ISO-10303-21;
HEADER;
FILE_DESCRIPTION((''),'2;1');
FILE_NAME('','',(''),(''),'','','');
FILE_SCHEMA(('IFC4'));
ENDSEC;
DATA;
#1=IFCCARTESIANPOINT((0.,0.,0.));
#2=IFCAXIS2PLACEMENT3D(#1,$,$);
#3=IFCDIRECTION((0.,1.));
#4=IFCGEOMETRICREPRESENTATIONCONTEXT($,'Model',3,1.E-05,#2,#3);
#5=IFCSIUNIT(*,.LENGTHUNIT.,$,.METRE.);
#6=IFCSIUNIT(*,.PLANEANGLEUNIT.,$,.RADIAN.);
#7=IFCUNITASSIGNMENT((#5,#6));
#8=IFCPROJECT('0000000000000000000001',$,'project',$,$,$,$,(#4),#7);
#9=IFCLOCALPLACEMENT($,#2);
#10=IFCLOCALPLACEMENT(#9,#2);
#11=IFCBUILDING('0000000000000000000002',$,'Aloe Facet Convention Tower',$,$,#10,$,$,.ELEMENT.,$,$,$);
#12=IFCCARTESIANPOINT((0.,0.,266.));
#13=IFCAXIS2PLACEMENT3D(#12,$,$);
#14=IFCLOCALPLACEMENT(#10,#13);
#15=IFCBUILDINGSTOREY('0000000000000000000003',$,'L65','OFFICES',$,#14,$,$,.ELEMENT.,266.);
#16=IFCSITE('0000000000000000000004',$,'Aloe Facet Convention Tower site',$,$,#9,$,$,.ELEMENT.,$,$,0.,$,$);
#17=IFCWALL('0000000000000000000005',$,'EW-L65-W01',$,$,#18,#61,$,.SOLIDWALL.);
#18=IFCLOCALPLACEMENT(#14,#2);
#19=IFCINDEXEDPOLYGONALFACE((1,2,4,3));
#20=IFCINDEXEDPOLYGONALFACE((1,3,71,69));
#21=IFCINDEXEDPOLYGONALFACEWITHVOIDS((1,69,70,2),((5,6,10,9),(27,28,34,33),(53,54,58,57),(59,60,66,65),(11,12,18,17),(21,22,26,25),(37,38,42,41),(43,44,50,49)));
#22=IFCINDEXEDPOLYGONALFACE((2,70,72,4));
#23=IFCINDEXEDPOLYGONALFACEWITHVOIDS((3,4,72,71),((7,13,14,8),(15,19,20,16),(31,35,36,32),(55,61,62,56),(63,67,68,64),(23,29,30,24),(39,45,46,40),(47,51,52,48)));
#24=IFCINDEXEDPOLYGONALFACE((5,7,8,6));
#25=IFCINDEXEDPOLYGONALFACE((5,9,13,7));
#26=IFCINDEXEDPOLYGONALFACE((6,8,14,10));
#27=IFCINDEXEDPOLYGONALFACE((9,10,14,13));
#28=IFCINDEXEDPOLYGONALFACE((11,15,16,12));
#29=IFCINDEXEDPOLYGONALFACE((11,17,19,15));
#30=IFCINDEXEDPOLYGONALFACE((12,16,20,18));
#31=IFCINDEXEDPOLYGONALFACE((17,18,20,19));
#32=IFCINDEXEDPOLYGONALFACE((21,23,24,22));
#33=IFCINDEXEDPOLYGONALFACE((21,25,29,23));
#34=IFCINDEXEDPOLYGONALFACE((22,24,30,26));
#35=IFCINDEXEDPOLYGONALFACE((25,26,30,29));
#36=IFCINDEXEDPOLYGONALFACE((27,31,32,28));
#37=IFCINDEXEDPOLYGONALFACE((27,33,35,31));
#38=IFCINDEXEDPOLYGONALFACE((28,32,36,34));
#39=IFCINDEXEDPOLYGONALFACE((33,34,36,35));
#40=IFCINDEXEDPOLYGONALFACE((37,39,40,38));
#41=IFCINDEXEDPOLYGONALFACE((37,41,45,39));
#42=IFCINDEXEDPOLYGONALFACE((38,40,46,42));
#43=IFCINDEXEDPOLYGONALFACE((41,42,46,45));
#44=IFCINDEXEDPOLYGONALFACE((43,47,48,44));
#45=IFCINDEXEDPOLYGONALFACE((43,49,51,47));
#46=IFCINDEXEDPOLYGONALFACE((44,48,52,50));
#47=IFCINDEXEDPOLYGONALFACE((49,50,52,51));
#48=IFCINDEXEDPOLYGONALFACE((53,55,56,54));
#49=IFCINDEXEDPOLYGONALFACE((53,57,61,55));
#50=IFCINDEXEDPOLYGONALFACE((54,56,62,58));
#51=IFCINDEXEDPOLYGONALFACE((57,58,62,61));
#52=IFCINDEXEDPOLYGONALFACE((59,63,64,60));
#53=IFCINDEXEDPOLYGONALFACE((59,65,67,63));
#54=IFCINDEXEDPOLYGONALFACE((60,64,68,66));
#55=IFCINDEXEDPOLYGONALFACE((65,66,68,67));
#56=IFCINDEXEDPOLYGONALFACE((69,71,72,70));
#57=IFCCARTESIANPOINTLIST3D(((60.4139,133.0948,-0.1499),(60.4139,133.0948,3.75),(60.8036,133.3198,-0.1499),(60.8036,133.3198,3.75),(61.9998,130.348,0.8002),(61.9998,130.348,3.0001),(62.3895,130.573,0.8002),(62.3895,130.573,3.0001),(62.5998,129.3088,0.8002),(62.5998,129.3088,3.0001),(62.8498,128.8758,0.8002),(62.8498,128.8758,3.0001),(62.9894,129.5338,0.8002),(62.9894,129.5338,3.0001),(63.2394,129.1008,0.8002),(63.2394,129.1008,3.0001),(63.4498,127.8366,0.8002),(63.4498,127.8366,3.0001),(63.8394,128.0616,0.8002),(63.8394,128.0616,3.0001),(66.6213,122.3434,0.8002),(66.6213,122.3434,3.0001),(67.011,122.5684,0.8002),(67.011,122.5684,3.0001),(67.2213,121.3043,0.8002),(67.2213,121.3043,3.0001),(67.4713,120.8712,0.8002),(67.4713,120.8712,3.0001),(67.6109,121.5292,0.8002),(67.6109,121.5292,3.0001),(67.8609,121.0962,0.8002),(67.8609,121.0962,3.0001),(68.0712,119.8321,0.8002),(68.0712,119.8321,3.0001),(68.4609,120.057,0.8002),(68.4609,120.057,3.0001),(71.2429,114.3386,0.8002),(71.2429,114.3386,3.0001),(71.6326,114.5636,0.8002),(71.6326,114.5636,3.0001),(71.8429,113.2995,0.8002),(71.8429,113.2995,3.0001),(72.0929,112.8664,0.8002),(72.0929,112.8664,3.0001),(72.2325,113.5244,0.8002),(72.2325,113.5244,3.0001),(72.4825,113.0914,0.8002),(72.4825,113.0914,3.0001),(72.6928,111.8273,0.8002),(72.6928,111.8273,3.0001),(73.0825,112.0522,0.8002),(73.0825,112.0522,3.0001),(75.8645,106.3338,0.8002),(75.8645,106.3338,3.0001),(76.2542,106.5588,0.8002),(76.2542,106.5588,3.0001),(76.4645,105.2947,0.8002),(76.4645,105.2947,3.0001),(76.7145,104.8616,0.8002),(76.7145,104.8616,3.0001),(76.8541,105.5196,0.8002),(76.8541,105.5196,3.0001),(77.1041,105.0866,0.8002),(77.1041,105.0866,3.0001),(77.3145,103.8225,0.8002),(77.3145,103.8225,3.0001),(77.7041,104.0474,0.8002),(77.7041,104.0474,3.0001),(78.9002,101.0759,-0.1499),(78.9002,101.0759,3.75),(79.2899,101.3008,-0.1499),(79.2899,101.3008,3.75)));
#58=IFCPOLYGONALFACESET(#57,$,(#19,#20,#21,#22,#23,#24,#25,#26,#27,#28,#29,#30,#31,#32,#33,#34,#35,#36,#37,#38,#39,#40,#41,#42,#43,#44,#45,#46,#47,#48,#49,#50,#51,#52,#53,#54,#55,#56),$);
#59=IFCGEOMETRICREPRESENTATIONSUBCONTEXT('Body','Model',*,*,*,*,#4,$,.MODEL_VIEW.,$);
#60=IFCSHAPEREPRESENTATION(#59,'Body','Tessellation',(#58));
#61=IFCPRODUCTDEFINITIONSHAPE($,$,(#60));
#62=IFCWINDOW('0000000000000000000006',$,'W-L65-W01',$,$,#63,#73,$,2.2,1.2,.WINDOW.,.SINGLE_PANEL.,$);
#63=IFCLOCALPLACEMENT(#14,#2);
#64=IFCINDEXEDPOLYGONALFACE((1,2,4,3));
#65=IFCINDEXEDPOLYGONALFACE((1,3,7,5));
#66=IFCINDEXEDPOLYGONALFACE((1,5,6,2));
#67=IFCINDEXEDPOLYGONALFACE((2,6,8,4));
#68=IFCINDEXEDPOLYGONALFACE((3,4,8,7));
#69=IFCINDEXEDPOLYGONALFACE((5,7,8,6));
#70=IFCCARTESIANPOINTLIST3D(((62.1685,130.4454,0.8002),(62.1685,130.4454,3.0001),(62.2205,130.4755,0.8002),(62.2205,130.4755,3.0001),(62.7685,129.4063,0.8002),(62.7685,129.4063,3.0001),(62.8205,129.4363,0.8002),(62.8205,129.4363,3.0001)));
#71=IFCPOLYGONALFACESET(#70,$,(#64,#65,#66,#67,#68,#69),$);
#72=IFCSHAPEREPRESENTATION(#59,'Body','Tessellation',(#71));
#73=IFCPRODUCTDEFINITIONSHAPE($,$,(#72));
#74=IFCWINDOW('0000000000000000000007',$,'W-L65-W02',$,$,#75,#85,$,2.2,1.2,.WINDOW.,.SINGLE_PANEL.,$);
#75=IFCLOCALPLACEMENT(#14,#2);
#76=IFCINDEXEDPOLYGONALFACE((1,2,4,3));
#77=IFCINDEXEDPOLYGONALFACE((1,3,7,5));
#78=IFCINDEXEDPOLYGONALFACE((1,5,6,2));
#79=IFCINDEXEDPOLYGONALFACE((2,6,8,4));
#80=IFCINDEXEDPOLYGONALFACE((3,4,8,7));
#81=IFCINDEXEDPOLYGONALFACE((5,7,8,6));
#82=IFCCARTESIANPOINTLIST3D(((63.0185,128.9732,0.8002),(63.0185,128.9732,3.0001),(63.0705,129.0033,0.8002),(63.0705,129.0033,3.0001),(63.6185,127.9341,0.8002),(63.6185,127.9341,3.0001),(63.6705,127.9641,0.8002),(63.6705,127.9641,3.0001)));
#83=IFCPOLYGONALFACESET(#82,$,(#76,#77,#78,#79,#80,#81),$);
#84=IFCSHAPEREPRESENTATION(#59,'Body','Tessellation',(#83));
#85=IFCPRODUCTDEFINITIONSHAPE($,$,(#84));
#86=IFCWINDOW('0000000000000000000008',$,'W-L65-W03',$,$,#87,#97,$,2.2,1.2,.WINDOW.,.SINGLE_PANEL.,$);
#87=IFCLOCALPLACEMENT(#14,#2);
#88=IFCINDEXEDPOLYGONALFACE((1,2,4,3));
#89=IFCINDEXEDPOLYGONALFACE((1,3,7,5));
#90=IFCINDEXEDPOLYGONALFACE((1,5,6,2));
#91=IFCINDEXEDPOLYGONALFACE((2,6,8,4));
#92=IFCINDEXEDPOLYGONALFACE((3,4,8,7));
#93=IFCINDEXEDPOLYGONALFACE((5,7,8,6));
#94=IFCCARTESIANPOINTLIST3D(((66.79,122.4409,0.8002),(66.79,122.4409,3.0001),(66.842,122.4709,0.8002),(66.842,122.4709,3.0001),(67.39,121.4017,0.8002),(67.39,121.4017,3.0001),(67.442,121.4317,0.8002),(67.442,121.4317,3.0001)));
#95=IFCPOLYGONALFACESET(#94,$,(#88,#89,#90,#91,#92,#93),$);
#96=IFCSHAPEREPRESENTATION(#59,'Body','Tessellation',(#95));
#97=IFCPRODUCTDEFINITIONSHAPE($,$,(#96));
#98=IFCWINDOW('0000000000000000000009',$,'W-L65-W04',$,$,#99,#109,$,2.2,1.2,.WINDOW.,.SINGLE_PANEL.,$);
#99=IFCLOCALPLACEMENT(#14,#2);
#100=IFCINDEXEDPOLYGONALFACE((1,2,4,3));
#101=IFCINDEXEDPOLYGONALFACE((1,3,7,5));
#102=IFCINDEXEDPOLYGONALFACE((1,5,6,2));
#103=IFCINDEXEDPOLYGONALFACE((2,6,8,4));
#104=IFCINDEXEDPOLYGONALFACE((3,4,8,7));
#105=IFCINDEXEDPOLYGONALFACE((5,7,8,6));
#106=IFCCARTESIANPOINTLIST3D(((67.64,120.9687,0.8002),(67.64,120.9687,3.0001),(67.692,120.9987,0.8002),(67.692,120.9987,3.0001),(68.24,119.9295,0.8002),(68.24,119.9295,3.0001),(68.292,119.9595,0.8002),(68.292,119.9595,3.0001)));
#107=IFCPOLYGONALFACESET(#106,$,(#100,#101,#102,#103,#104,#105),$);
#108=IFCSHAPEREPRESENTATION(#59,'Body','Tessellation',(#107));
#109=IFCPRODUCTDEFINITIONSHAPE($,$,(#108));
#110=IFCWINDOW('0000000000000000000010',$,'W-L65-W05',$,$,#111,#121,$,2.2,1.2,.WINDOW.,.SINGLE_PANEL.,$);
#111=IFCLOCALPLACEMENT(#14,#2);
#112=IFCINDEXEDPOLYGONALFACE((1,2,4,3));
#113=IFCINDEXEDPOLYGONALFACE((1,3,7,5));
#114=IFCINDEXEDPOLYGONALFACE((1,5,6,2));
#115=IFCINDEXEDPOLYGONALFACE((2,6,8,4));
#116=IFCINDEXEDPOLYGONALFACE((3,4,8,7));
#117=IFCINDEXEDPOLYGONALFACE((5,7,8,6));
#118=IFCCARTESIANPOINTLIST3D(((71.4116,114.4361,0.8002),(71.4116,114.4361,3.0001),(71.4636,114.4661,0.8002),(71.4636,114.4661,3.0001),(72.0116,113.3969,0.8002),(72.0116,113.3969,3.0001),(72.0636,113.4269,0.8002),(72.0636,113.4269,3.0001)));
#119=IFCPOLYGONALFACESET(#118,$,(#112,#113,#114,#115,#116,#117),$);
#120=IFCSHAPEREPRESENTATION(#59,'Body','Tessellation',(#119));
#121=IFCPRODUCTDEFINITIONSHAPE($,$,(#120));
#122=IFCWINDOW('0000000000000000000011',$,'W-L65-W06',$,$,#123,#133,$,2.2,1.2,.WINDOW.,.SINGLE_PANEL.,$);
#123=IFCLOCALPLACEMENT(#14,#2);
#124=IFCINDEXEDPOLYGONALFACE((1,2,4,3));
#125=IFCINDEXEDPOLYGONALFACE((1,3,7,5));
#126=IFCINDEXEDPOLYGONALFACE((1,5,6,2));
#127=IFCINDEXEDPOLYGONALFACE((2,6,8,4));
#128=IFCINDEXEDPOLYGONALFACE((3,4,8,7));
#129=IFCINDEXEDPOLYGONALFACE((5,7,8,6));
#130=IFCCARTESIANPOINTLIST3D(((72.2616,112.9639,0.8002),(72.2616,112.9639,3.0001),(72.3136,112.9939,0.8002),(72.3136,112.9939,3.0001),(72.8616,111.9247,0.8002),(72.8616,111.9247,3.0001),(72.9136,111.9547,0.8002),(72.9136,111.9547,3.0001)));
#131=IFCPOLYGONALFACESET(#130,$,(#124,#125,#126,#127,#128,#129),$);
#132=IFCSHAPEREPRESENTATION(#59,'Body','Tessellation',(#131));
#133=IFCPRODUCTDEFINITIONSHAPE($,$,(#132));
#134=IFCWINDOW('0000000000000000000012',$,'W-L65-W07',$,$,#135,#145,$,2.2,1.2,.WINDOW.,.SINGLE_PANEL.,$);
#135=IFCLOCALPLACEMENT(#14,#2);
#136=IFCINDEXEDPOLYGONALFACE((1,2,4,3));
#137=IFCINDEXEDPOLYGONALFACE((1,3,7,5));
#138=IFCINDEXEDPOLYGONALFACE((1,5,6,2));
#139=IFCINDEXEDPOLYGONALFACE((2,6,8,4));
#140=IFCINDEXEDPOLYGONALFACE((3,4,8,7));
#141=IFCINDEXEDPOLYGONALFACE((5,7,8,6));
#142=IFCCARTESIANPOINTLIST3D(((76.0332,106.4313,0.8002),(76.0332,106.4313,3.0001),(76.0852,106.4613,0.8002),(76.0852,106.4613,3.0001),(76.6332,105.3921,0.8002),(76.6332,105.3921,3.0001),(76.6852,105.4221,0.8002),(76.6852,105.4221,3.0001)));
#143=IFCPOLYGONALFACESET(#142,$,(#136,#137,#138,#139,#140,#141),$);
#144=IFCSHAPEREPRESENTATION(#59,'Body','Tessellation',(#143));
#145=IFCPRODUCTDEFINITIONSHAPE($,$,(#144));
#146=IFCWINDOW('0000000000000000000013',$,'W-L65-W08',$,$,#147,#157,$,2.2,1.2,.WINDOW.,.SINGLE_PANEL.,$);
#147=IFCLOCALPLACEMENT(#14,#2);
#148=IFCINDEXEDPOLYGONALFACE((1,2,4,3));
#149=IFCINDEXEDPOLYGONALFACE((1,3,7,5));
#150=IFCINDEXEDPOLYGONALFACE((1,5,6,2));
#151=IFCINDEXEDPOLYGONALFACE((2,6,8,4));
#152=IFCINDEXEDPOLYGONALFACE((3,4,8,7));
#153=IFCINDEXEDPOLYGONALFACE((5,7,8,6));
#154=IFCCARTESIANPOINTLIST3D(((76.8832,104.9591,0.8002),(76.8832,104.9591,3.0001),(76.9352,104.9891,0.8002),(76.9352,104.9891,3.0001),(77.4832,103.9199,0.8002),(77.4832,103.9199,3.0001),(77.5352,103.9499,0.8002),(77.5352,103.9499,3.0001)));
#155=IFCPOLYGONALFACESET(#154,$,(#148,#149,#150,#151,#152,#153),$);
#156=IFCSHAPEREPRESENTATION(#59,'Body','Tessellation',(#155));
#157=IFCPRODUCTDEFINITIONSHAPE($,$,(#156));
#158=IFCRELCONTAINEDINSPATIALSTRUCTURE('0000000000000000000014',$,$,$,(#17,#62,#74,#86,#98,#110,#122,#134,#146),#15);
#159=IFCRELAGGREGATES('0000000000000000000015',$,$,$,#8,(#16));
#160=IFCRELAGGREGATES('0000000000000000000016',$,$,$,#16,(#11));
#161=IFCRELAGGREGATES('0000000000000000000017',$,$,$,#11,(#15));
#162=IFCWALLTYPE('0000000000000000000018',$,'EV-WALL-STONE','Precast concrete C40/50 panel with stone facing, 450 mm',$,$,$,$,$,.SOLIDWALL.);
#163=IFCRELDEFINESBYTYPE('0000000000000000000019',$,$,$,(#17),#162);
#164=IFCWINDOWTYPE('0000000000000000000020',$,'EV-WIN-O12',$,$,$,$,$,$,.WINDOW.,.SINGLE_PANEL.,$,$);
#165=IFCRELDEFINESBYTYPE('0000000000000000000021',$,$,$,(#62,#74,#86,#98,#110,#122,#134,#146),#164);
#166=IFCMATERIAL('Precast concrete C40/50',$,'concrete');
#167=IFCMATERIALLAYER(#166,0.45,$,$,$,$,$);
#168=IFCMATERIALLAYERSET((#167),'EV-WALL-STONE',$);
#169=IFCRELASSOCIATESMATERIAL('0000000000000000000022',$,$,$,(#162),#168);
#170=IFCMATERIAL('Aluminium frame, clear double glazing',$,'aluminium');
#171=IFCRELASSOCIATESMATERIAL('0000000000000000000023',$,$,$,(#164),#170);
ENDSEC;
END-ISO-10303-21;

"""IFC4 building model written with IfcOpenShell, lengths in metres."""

from ifc_helpers import new_model, si_unit, direction, frame, frame_2d, origin, place, context, subcontext, project, spatial, polyline, rectangle, outline, extrude, material, layer, layer_set, type_object, element, fill, save


model = new_model("IFC4")

# Units and contexts
model_context = context("Model", 3, precision=1e-05, world=origin(), true_north=direction((0.0, 1.0)))
body_context = subcontext(model_context, "Body", "Model", "MODEL_VIEW")
ifc_project = project(units=[si_unit("LENGTHUNIT", "METRE"), si_unit("PLANEANGLEUNIT", "RADIAN")], contexts=[model_context])

# Site, building, storey
site_placement = place(None, origin())
site = spatial("IfcSite", under=ifc_project, at=site_placement, Name="Aloe Facet Convention Tower site", CompositionType="ELEMENT", RefElevation=0.0)
building_placement = place(site_placement, origin())
building = spatial("IfcBuilding", under=site, at=building_placement, Name="Aloe Facet Convention Tower", CompositionType="ELEMENT")
storey_placement = place(building_placement, frame((0.0, 0.0, 266.0)))
storey = spatial("IfcBuildingStorey", under=building, at=storey_placement, Name="L65", Description="OFFICES", CompositionType="ELEMENT", Elevation=266.0)

# Wall, openings, windows
ifc_material_1 = material(Name="Precast concrete C40/50", Category="concrete")
ifc_layer_1 = layer(ifc_material_1, 0.45)
ifc_layer_set_1 = layer_set([ifc_layer_1], Name="EV-WALL-STONE")
wall_type_1 = type_object("IfcWallType", Name="EV-WALL-STONE", Description="Precast concrete C40/50 panel with stone facing, 450 mm", PredefinedType="SOLIDWALL", material=ifc_layer_set_1)
wall_1_placement = place(storey_placement, frame((60.6086, 133.2073, -0.1499), z_axis=(0.0, 0.0, 1.0), x_axis=(0.500003, -0.866024, 0.0)))
wall_1 = element("IfcWall", 1, at=wall_1_placement, inside=storey, type_object=wall_type_1, Name="EW-L65-W01", PredefinedType="SOLIDWALL", context=body_context, shape_type="SweptSolid", body=[
    extrude(outline(polyline([(36.9724, 0.0), (36.9724, 3.8999), (0.0, 3.8999), (0.0, 0.0), (36.9724, 0.0)])), frame((0.0, 0.2251, 0.0), z_axis=(0.0, -1.0, 0.0), x_axis=(1.0, 0.0, 0.0)), (0.0, 0.0, 1.0), 0.45),
])
opening_1_placement = place(wall_1_placement, frame((3.1716, 0.0, 0.95)))
opening_1 = element("IfcOpeningElement", 2, at=opening_1_placement, cuts=wall_1, PredefinedType="OPENING", context=body_context, shape_type="SweptSolid", body=[
    extrude(rectangle(XDim=1.2, YDim=2.2, at=frame_2d((0.6001, 1.1001))), frame((0.0, 0.2349, 0.0), z_axis=(0.0, -1.0, 0.0), x_axis=(1.0, 0.0, 0.0)), (0.0, 0.0, 1.0), 0.47),
])
opening_2_placement = place(wall_1_placement, frame((4.8716, 0.0, 0.95)))
opening_2 = element("IfcOpeningElement", 3, at=opening_2_placement, cuts=wall_1, PredefinedType="OPENING", context=body_context, shape_type="SweptSolid", body=[
    extrude(rectangle(XDim=1.2, YDim=2.2, at=frame_2d((0.6001, 1.1001))), frame((0.0, 0.2349, 0.0), z_axis=(0.0, -1.0, 0.0), x_axis=(1.0, 0.0, 0.0)), (0.0, 0.0, 1.0), 0.47),
])
opening_3_placement = place(wall_1_placement, frame((12.4146, 0.0, 0.95)))
opening_3 = element("IfcOpeningElement", 4, at=opening_3_placement, cuts=wall_1, PredefinedType="OPENING", context=body_context, shape_type="SweptSolid", body=[
    extrude(rectangle(XDim=1.2, YDim=2.2, at=frame_2d((0.6001, 1.1001))), frame((0.0, 0.2349, 0.0), z_axis=(0.0, -1.0, 0.0), x_axis=(1.0, 0.0, 0.0)), (0.0, 0.0, 1.0), 0.47),
])
opening_4_placement = place(wall_1_placement, frame((14.1145, 0.0, 0.95)))
opening_4 = element("IfcOpeningElement", 5, at=opening_4_placement, cuts=wall_1, PredefinedType="OPENING", context=body_context, shape_type="SweptSolid", body=[
    extrude(rectangle(XDim=1.2, YDim=2.2, at=frame_2d((0.6001, 1.1001))), frame((0.0, 0.2349, 0.0), z_axis=(0.0, -1.0, 0.0), x_axis=(1.0, 0.0, 0.0)), (0.0, 0.0, 1.0), 0.47),
])
opening_5_placement = place(wall_1_placement, frame((21.6577, 0.0, 0.95)))
opening_5 = element("IfcOpeningElement", 6, at=opening_5_placement, cuts=wall_1, PredefinedType="OPENING", context=body_context, shape_type="SweptSolid", body=[
    extrude(rectangle(XDim=1.2, YDim=2.2, at=frame_2d((0.6001, 1.1001))), frame((0.0, 0.2349, 0.0), z_axis=(0.0, -1.0, 0.0), x_axis=(1.0, 0.0, 0.0)), (0.0, 0.0, 1.0), 0.47),
])
opening_6_placement = place(wall_1_placement, frame((23.3577, 0.0, 0.95)))
opening_6 = element("IfcOpeningElement", 7, at=opening_6_placement, cuts=wall_1, PredefinedType="OPENING", context=body_context, shape_type="SweptSolid", body=[
    extrude(rectangle(XDim=1.2, YDim=2.2, at=frame_2d((0.6001, 1.1001))), frame((0.0, 0.2349, 0.0), z_axis=(0.0, -1.0, 0.0), x_axis=(1.0, 0.0, 0.0)), (0.0, 0.0, 1.0), 0.47),
])
opening_7_placement = place(wall_1_placement, frame((30.9009, 0.0, 0.95)))
opening_7 = element("IfcOpeningElement", 8, at=opening_7_placement, cuts=wall_1, PredefinedType="OPENING", context=body_context, shape_type="SweptSolid", body=[
    extrude(rectangle(XDim=1.2, YDim=2.2, at=frame_2d((0.6001, 1.1001))), frame((0.0, 0.2349, 0.0), z_axis=(0.0, -1.0, 0.0), x_axis=(1.0, 0.0, 0.0)), (0.0, 0.0, 1.0), 0.47),
])
opening_8_placement = place(wall_1_placement, frame((32.6008, 0.0, 0.95)))
opening_8 = element("IfcOpeningElement", 9, at=opening_8_placement, cuts=wall_1, PredefinedType="OPENING", context=body_context, shape_type="SweptSolid", body=[
    extrude(rectangle(XDim=1.2, YDim=2.2, at=frame_2d((0.6001, 1.1001))), frame((0.0, 0.2349, 0.0), z_axis=(0.0, -1.0, 0.0), x_axis=(1.0, 0.0, 0.0)), (0.0, 0.0, 1.0), 0.47),
])
ifc_material_2 = material(Name="Aluminium frame, clear double glazing", Category="aluminium")
window_type = type_object("IfcWindowType", Name="EV-WIN-O12", PartitioningType="SINGLE_PANEL", PredefinedType="WINDOW", material=ifc_material_2)
window_1_placement = place(opening_1_placement, origin())
window_1 = element("IfcWindow", 10, at=window_1_placement, inside=storey, type_object=window_type, Name="W-L65-W01", OverallHeight=2.2, OverallWidth=1.2, PartitioningType="SINGLE_PANEL", PredefinedType="WINDOW", context=body_context, shape_type="SweptSolid", body=[
    extrude(rectangle(XDim=1.2, YDim=2.2, at=frame_2d((0.6001, 1.1001))), frame((0.0, 0.03, 0.0), z_axis=(0.0, -1.0, 0.0), x_axis=(1.0, 0.0, 0.0)), (0.0, 0.0, 1.0), 0.0601),
])
fill(opening_1, window_1)
window_2_placement = place(opening_2_placement, origin())
window_2 = element("IfcWindow", 11, at=window_2_placement, inside=storey, type_object=window_type, Name="W-L65-W02", OverallHeight=2.2, OverallWidth=1.2, PartitioningType="SINGLE_PANEL", PredefinedType="WINDOW", context=body_context, shape_type="SweptSolid", body=[
    extrude(rectangle(XDim=1.2, YDim=2.2, at=frame_2d((0.6001, 1.1001))), frame((0.0, 0.03, 0.0), z_axis=(0.0, -1.0, 0.0), x_axis=(1.0, 0.0, 0.0)), (0.0, 0.0, 1.0), 0.0601),
])
fill(opening_2, window_2)
window_3_placement = place(opening_3_placement, origin())
window_3 = element("IfcWindow", 12, at=window_3_placement, inside=storey, type_object=window_type, Name="W-L65-W03", OverallHeight=2.2, OverallWidth=1.2, PartitioningType="SINGLE_PANEL", PredefinedType="WINDOW", context=body_context, shape_type="SweptSolid", body=[
    extrude(rectangle(XDim=1.2, YDim=2.2, at=frame_2d((0.6001, 1.1001))), frame((0.0, 0.03, 0.0), z_axis=(0.0, -1.0, 0.0), x_axis=(1.0, 0.0, 0.0)), (0.0, 0.0, 1.0), 0.0601),
])
fill(opening_3, window_3)
window_4_placement = place(opening_4_placement, origin())
window_4 = element("IfcWindow", 13, at=window_4_placement, inside=storey, type_object=window_type, Name="W-L65-W04", OverallHeight=2.2, OverallWidth=1.2, PartitioningType="SINGLE_PANEL", PredefinedType="WINDOW", context=body_context, shape_type="SweptSolid", body=[
    extrude(rectangle(XDim=1.2, YDim=2.2, at=frame_2d((0.6001, 1.1001))), frame((0.0, 0.03, 0.0), z_axis=(0.0, -1.0, 0.0), x_axis=(1.0, 0.0, 0.0)), (0.0, 0.0, 1.0), 0.0601),
])
fill(opening_4, window_4)
window_5_placement = place(opening_5_placement, origin())
window_5 = element("IfcWindow", 14, at=window_5_placement, inside=storey, type_object=window_type, Name="W-L65-W05", OverallHeight=2.2, OverallWidth=1.2, PartitioningType="SINGLE_PANEL", PredefinedType="WINDOW", context=body_context, shape_type="SweptSolid", body=[
    extrude(rectangle(XDim=1.2, YDim=2.2, at=frame_2d((0.6001, 1.1001))), frame((0.0, 0.03, 0.0), z_axis=(0.0, -1.0, 0.0), x_axis=(1.0, 0.0, 0.0)), (0.0, 0.0, 1.0), 0.0601),
])
fill(opening_5, window_5)
window_6_placement = place(opening_6_placement, origin())
window_6 = element("IfcWindow", 15, at=window_6_placement, inside=storey, type_object=window_type, Name="W-L65-W06", OverallHeight=2.2, OverallWidth=1.2, PartitioningType="SINGLE_PANEL", PredefinedType="WINDOW", context=body_context, shape_type="SweptSolid", body=[
    extrude(rectangle(XDim=1.2, YDim=2.2, at=frame_2d((0.6001, 1.1001))), frame((0.0, 0.03, 0.0), z_axis=(0.0, -1.0, 0.0), x_axis=(1.0, 0.0, 0.0)), (0.0, 0.0, 1.0), 0.0601),
])
fill(opening_6, window_6)
window_7_placement = place(opening_7_placement, origin())
window_7 = element("IfcWindow", 16, at=window_7_placement, inside=storey, type_object=window_type, Name="W-L65-W07", OverallHeight=2.2, OverallWidth=1.2, PartitioningType="SINGLE_PANEL", PredefinedType="WINDOW", context=body_context, shape_type="SweptSolid", body=[
    extrude(rectangle(XDim=1.2, YDim=2.2, at=frame_2d((0.6001, 1.1001))), frame((0.0, 0.03, 0.0), z_axis=(0.0, -1.0, 0.0), x_axis=(1.0, 0.0, 0.0)), (0.0, 0.0, 1.0), 0.0601),
])
fill(opening_7, window_7)
window_8_placement = place(opening_8_placement, origin())
window_8 = element("IfcWindow", 17, at=window_8_placement, inside=storey, type_object=window_type, Name="W-L65-W08", OverallHeight=2.2, OverallWidth=1.2, PartitioningType="SINGLE_PANEL", PredefinedType="WINDOW", context=body_context, shape_type="SweptSolid", body=[
    extrude(rectangle(XDim=1.2, YDim=2.2, at=frame_2d((0.6001, 1.1001))), frame((0.0, 0.03, 0.0), z_axis=(0.0, -1.0, 0.0), x_axis=(1.0, 0.0, 0.0)), (0.0, 0.0, 1.0), 0.0601),
])
fill(opening_8, window_8)

save(model, "model.ifc")
